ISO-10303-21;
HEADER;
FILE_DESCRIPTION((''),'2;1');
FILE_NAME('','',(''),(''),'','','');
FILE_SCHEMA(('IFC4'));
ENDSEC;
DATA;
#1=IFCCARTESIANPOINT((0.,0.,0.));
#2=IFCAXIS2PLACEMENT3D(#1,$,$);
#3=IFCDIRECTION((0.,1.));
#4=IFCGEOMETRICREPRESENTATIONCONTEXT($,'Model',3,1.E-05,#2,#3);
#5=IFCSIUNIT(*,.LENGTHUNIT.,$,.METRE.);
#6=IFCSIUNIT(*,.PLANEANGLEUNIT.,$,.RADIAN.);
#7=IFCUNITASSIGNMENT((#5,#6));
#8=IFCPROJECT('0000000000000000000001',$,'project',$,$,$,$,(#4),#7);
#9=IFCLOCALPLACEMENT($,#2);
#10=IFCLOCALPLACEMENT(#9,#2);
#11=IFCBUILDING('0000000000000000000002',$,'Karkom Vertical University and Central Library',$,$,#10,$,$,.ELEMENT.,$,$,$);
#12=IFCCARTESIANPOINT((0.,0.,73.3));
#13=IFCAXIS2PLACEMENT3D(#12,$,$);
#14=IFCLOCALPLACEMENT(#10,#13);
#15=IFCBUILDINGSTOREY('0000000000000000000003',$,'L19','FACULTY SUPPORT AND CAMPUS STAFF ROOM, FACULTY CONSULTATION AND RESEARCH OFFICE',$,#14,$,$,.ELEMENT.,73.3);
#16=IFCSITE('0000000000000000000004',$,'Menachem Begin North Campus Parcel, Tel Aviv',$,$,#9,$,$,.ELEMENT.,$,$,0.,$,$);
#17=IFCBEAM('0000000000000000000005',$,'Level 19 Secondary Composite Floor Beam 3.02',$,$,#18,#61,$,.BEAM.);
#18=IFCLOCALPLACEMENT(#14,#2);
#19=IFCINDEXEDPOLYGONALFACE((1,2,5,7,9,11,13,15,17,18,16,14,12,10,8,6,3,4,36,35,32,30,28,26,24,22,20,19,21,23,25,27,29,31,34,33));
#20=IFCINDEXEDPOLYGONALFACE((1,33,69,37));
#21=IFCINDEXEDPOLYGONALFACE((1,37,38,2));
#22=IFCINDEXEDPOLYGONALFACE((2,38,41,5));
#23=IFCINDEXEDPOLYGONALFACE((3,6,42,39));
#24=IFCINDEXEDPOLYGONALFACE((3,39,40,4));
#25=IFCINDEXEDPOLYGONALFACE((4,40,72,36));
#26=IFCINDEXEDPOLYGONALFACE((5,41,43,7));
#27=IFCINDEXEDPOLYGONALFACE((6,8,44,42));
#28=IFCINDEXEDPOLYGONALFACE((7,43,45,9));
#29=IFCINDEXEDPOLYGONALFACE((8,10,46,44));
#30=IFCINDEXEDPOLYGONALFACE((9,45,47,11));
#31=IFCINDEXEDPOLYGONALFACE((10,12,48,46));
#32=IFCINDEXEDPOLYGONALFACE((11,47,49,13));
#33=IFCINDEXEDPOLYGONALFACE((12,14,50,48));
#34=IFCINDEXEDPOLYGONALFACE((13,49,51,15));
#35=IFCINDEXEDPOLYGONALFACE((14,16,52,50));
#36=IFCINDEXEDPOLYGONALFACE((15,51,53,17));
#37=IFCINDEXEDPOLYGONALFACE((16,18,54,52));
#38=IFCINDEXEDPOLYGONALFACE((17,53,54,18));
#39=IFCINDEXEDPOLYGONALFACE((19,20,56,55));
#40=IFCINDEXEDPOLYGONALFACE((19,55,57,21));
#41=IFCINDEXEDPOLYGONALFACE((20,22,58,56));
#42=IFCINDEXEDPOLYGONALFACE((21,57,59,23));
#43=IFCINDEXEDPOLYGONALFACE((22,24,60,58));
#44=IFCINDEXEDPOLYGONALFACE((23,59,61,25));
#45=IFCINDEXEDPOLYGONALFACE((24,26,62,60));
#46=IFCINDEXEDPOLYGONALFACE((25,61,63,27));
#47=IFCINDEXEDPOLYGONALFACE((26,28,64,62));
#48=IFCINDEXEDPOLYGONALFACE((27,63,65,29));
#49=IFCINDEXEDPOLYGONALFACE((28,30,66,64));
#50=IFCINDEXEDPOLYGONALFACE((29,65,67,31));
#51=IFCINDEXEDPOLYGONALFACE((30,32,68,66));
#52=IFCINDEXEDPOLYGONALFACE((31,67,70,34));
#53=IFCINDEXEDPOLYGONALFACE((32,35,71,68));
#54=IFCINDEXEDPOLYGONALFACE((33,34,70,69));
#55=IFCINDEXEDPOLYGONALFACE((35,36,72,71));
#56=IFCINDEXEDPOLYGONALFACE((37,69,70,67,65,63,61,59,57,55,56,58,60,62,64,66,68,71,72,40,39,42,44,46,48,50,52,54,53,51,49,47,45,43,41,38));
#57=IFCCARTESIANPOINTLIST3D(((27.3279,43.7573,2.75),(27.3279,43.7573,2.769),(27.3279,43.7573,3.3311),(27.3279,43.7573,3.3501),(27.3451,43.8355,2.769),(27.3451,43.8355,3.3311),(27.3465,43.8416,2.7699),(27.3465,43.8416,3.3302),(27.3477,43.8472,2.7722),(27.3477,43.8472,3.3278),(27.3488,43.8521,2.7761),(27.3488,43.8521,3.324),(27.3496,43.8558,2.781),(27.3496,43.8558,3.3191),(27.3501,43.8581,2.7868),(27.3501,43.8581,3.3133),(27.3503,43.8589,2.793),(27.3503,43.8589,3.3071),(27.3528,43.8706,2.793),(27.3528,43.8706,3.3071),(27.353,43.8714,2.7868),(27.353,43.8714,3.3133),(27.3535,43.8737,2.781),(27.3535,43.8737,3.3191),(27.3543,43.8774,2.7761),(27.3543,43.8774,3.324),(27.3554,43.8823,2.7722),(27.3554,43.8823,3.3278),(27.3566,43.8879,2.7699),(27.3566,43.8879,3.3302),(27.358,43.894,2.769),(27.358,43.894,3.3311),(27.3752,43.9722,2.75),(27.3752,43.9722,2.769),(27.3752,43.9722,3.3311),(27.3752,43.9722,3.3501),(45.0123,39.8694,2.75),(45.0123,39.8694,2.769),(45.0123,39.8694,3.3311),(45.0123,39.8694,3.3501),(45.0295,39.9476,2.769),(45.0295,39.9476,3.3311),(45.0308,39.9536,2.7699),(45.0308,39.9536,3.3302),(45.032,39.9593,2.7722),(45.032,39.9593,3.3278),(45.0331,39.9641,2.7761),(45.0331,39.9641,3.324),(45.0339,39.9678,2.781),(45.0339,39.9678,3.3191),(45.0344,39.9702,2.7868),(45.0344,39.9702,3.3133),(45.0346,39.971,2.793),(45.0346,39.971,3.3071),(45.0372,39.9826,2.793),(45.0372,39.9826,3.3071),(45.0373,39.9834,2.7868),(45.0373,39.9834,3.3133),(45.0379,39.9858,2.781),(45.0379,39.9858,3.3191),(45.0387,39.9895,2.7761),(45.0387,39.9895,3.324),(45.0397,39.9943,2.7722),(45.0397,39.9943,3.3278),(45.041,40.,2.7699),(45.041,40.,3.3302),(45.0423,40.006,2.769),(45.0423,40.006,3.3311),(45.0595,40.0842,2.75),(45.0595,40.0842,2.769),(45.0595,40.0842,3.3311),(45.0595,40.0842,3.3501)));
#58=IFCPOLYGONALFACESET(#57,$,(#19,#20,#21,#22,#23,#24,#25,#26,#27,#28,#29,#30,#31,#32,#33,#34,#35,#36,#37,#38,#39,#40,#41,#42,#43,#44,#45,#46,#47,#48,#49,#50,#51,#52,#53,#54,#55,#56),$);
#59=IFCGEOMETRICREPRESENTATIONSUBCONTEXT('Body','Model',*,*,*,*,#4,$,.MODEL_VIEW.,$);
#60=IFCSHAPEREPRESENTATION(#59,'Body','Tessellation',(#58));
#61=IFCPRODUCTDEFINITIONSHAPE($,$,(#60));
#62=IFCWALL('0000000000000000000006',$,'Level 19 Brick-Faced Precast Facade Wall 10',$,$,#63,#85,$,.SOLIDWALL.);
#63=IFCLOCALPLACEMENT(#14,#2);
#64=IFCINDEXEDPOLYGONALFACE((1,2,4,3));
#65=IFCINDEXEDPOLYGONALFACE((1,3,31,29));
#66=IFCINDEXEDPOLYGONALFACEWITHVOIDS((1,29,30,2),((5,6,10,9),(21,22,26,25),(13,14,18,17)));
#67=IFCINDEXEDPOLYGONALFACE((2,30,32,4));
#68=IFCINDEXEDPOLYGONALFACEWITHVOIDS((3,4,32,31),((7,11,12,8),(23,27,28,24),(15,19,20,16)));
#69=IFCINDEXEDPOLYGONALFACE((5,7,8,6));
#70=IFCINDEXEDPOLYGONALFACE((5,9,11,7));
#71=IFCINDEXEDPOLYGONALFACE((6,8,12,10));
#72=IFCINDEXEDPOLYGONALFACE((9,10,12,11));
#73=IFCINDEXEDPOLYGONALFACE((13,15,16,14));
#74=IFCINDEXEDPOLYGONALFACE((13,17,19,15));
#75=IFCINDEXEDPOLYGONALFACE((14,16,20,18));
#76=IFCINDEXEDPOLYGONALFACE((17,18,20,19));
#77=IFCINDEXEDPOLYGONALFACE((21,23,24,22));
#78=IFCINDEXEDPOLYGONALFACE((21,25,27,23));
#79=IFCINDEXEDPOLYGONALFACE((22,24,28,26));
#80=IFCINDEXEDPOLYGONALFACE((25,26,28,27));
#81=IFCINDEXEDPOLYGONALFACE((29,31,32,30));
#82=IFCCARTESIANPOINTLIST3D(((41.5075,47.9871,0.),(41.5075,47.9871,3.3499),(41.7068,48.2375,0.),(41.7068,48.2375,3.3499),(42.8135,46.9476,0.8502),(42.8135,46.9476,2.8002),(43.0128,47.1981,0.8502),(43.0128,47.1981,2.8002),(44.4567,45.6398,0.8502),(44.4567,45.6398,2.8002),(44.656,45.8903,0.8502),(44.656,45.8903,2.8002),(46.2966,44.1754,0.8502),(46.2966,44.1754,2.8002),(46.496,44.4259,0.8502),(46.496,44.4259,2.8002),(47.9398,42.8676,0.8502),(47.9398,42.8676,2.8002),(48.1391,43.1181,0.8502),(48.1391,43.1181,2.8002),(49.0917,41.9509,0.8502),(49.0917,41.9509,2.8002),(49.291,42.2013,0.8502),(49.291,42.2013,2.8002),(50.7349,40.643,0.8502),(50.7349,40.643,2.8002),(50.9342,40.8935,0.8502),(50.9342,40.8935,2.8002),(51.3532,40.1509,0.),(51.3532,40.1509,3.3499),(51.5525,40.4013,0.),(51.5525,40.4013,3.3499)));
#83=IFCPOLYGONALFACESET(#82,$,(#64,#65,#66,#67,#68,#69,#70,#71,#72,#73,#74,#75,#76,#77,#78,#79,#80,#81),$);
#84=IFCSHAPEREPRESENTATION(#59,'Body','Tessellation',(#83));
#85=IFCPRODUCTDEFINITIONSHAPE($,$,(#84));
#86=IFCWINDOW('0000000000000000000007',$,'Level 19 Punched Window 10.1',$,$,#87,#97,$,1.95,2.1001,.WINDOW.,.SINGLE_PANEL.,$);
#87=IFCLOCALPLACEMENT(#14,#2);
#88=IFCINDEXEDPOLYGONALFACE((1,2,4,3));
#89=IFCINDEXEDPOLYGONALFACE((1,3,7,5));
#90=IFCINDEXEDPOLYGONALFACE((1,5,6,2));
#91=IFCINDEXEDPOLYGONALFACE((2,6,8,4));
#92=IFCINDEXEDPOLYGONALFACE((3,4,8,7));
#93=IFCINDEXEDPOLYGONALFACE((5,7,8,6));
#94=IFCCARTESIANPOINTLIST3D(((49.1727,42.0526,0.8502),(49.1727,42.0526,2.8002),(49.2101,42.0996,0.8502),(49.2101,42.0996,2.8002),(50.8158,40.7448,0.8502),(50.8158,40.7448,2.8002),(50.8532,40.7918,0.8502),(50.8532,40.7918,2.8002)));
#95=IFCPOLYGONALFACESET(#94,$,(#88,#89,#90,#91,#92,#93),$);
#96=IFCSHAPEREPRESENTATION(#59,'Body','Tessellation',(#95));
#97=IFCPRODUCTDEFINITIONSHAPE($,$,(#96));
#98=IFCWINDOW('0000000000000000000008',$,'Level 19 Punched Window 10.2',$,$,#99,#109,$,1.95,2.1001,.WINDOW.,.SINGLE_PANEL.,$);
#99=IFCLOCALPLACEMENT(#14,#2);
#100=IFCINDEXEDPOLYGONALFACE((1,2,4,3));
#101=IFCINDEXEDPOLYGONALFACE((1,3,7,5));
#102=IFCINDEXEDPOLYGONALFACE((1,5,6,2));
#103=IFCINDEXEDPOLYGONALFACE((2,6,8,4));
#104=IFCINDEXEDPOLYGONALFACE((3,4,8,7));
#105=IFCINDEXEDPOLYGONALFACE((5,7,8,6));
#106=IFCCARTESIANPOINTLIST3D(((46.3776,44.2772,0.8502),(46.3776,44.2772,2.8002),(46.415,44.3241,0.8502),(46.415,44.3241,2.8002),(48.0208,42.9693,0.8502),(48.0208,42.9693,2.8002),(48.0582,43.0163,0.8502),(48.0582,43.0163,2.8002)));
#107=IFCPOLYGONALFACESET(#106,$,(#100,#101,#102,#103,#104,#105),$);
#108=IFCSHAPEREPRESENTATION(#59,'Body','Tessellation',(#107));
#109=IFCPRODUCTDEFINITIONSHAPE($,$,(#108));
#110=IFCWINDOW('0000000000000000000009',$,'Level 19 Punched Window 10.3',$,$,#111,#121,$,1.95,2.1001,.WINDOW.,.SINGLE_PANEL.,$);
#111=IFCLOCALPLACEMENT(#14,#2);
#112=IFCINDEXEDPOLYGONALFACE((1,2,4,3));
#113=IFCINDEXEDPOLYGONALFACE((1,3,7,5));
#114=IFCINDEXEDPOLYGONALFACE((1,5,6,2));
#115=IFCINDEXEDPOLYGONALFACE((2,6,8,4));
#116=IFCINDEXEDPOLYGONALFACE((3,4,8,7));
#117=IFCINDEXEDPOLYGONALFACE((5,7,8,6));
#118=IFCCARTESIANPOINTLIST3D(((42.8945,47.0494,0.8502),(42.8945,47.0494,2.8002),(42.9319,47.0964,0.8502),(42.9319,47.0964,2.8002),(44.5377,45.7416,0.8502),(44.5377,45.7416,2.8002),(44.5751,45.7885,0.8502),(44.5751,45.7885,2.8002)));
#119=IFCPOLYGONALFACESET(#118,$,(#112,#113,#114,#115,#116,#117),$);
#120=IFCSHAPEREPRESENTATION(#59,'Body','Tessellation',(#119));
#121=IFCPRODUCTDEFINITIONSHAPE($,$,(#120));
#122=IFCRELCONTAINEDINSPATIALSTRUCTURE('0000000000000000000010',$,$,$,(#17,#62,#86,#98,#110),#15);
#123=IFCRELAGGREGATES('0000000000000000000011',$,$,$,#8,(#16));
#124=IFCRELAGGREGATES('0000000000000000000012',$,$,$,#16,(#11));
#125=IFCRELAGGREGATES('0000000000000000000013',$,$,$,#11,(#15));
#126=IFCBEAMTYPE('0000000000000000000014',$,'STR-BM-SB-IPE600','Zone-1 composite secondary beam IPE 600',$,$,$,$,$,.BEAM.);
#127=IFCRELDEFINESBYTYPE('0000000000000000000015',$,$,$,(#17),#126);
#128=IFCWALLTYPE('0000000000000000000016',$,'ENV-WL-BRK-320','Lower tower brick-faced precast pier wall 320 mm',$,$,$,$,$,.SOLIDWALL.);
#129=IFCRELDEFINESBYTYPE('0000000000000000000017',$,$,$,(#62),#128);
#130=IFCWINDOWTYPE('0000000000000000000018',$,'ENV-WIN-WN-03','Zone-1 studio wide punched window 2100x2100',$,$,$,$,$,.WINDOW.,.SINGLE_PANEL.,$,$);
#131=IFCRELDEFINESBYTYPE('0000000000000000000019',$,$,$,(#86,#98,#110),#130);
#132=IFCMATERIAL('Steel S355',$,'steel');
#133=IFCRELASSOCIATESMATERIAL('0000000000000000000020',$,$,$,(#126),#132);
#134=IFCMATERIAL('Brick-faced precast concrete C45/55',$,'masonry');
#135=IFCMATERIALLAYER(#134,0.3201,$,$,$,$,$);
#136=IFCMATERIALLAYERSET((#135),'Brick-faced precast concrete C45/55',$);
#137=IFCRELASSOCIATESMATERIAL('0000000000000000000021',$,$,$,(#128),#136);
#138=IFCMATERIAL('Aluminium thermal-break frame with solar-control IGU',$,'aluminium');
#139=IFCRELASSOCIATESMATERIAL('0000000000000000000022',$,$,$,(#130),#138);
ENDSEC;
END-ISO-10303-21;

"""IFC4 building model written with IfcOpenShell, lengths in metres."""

from ifc_helpers import new_model, si_unit, direction, frame, frame_2d, origin, origin_with_axes, origin_2d, place, context, subcontext, project, spatial, rectangle, i_section, extrude, source, transform, mapped, material, layer, layer_set, material_profile, profile_set, type_object, element, fill, save


model = new_model("IFC4")

# Units and contexts
model_context = context("Model", 3, precision=1e-05, world=origin(), true_north=direction((0.0, 1.0)))
body_context = subcontext(model_context, "Body", "Model", "MODEL_VIEW")
ifc_project = project(units=[si_unit("LENGTHUNIT", "METRE"), si_unit("PLANEANGLEUNIT", "RADIAN")], contexts=[model_context])

# Site, building, storey
site_placement = place(None, origin())
site = spatial("IfcSite", under=ifc_project, at=site_placement, Name="Menachem Begin North Campus Parcel, Tel Aviv", CompositionType="ELEMENT", RefElevation=0.0)
building_placement = place(site_placement, origin())
building = spatial("IfcBuilding", under=site, at=building_placement, Name="Karkom Vertical University and Central Library", CompositionType="ELEMENT")
storey_placement = place(building_placement, frame((0.0, 0.0, 73.3)))
storey = spatial("IfcBuildingStorey", under=building, at=storey_placement, Name="L19", Description="FACULTY SUPPORT AND CAMPUS STAFF ROOM, FACULTY CONSULTATION AND RESEARCH OFFICE", CompositionType="ELEMENT", Elevation=73.3)

# Beam
ifc_material_1 = material(Name="Steel S355", Category="steel")
ifc_material_profile_1 = material_profile(ifc_material_1, i_section(OverallWidth=0.22, OverallDepth=0.6001, WebThickness=0.012, FlangeThickness=0.019, FilletRadius=0.0239, at=origin_2d()), Name="IPE 600")
ifc_profile_set_1 = profile_set([ifc_material_profile_1], Name="Steel S355")
beam_type_1 = type_object("IfcBeamType", Name="STR-BM-SB-IPE600", Description="Zone-1 composite secondary beam IPE 600", PredefinedType="BEAM", material=ifc_profile_set_1)
shared_shape_1 = source(origin_with_axes(), body_context, "Body", "SweptSolid", [
    extrude(i_section(OverallWidth=0.22, OverallDepth=0.6001, WebThickness=0.012, FlangeThickness=0.019, FilletRadius=0.0239, at=origin_2d()), origin(), (0.0, 0.0, 1.0), 18.1067),
])
beam_1_placement = place(storey_placement, frame((45.0359, 39.9768, 3.05), z_axis=(-0.976675, 0.214724, 0.0), x_axis=(-0.214724, -0.976675, 0.0)))
element("IfcBeam", 1, at=beam_1_placement, inside=storey, type_object=beam_type_1, Name="Level 19 Secondary Composite Floor Beam 3.02", PredefinedType="BEAM", context=body_context, shape_type="MappedRepresentation", body=[
    mapped(shared_shape_1, transform((0.0, 0.0, 0.0), scale=1.0)),
])

# Wall, openings, windows
ifc_material_2 = material(Name="Brick-faced precast concrete C45/55", Category="masonry")
ifc_layer_1 = layer(ifc_material_2, 0.3201)
ifc_layer_set_1 = layer_set([ifc_layer_1], Name="Brick-faced precast concrete C45/55")
wall_type_1 = type_object("IfcWallType", Name="ENV-WL-BRK-320", Description="Lower tower brick-faced precast pier wall 320 mm", PredefinedType="SOLIDWALL", material=ifc_layer_set_1)
wall_1_placement = place(storey_placement, frame((51.4529, 40.2761, 0.0), z_axis=(0.0, 0.0, 1.0), x_axis=(-0.782432, 0.622736, 0.0)))
wall_1 = element("IfcWall", 2, at=wall_1_placement, inside=storey, type_object=wall_type_1, Name="Level 19 Brick-Faced Precast Facade Wall 10", PredefinedType="SOLIDWALL", context=body_context, shape_type="SweptSolid", body=[
    extrude(rectangle(XDim=12.5835, YDim=0.3201, at=frame_2d((6.2917, 0.0))), origin(), (0.0, 0.0, 1.0), 3.3499),
])
opening_1_placement = place(wall_1_placement, frame((0.7903, 0.0, 0.8501)))
opening_1 = element("IfcOpeningElement", 3, at=opening_1_placement, cuts=wall_1, PredefinedType="OPENING", context=body_context, shape_type="SweptSolid", body=[
    extrude(rectangle(XDim=2.1001, YDim=1.95, at=frame_2d((1.05, 0.9751))), frame((0.0, 0.1699, 0.0), z_axis=(0.0, -1.0, 0.0), x_axis=(1.0, 0.0, 0.0)), (0.0, 0.0, 1.0), 0.3401),
])
opening_2_placement = place(wall_1_placement, frame((4.3625, 0.0, 0.8501)))
opening_2 = element("IfcOpeningElement", 4, at=opening_2_placement, cuts=wall_1, PredefinedType="OPENING", context=body_context, shape_type="SweptSolid", body=[
    extrude(rectangle(XDim=2.1001, YDim=1.95, at=frame_2d((1.05, 0.9751))), frame((0.0, 0.1699, 0.0), z_axis=(0.0, -1.0, 0.0), x_axis=(1.0, 0.0, 0.0)), (0.0, 0.0, 1.0), 0.3401),
])
opening_3_placement = place(wall_1_placement, frame((8.8142, 0.0, 0.8501)))
opening_3 = element("IfcOpeningElement", 5, at=opening_3_placement, cuts=wall_1, PredefinedType="OPENING", context=body_context, shape_type="SweptSolid", body=[
    extrude(rectangle(XDim=2.1001, YDim=1.95, at=frame_2d((1.05, 0.9751))), frame((0.0, 0.1699, 0.0), z_axis=(0.0, -1.0, 0.0), x_axis=(1.0, 0.0, 0.0)), (0.0, 0.0, 1.0), 0.3401),
])
ifc_material_3 = material(Name="Aluminium thermal-break frame with solar-control IGU", Category="aluminium")
window_type_1 = type_object("IfcWindowType", Name="ENV-WIN-WN-03", Description="Zone-1 studio wide punched window 2100x2100", PartitioningType="SINGLE_PANEL", PredefinedType="WINDOW", material=ifc_material_3)
shared_shape_2 = source(origin_with_axes(), body_context, "Body", "SweptSolid", [
    extrude(rectangle(XDim=2.1001, YDim=1.95, at=frame_2d((1.05, 0.9751))), frame((0.0, 0.03, 0.0), z_axis=(0.0, -1.0, 0.0), x_axis=(1.0, 0.0, 0.0)), (0.0, 0.0, 1.0), 0.0601),
])
window_1_placement = place(opening_1_placement, origin())
window_1 = element("IfcWindow", 6, at=window_1_placement, inside=storey, type_object=window_type_1, Name="Level 19 Punched Window 10.1", OverallHeight=1.95, OverallWidth=2.1001, PartitioningType="SINGLE_PANEL", PredefinedType="WINDOW", context=body_context, shape_type="MappedRepresentation", body=[
    mapped(shared_shape_2, transform((0.0, 0.0, 0.0), scale=1.0)),
])
fill(opening_1, window_1)
window_2_placement = place(opening_2_placement, origin())
window_2 = element("IfcWindow", 7, at=window_2_placement, inside=storey, type_object=window_type_1, Name="Level 19 Punched Window 10.2", OverallHeight=1.95, OverallWidth=2.1001, PartitioningType="SINGLE_PANEL", PredefinedType="WINDOW", context=body_context, shape_type="MappedRepresentation", body=[
    mapped(shared_shape_2, transform((0.0, 0.0, 0.0), scale=1.0)),
])
fill(opening_2, window_2)
window_3_placement = place(opening_3_placement, origin())
window_3 = element("IfcWindow", 8, at=window_3_placement, inside=storey, type_object=window_type_1, Name="Level 19 Punched Window 10.3", OverallHeight=1.95, OverallWidth=2.1001, PartitioningType="SINGLE_PANEL", PredefinedType="WINDOW", context=body_context, shape_type="MappedRepresentation", body=[
    mapped(shared_shape_2, transform((0.0, 0.0, 0.0), scale=1.0)),
])
fill(opening_3, window_3)

save(model, "model.ifc")
